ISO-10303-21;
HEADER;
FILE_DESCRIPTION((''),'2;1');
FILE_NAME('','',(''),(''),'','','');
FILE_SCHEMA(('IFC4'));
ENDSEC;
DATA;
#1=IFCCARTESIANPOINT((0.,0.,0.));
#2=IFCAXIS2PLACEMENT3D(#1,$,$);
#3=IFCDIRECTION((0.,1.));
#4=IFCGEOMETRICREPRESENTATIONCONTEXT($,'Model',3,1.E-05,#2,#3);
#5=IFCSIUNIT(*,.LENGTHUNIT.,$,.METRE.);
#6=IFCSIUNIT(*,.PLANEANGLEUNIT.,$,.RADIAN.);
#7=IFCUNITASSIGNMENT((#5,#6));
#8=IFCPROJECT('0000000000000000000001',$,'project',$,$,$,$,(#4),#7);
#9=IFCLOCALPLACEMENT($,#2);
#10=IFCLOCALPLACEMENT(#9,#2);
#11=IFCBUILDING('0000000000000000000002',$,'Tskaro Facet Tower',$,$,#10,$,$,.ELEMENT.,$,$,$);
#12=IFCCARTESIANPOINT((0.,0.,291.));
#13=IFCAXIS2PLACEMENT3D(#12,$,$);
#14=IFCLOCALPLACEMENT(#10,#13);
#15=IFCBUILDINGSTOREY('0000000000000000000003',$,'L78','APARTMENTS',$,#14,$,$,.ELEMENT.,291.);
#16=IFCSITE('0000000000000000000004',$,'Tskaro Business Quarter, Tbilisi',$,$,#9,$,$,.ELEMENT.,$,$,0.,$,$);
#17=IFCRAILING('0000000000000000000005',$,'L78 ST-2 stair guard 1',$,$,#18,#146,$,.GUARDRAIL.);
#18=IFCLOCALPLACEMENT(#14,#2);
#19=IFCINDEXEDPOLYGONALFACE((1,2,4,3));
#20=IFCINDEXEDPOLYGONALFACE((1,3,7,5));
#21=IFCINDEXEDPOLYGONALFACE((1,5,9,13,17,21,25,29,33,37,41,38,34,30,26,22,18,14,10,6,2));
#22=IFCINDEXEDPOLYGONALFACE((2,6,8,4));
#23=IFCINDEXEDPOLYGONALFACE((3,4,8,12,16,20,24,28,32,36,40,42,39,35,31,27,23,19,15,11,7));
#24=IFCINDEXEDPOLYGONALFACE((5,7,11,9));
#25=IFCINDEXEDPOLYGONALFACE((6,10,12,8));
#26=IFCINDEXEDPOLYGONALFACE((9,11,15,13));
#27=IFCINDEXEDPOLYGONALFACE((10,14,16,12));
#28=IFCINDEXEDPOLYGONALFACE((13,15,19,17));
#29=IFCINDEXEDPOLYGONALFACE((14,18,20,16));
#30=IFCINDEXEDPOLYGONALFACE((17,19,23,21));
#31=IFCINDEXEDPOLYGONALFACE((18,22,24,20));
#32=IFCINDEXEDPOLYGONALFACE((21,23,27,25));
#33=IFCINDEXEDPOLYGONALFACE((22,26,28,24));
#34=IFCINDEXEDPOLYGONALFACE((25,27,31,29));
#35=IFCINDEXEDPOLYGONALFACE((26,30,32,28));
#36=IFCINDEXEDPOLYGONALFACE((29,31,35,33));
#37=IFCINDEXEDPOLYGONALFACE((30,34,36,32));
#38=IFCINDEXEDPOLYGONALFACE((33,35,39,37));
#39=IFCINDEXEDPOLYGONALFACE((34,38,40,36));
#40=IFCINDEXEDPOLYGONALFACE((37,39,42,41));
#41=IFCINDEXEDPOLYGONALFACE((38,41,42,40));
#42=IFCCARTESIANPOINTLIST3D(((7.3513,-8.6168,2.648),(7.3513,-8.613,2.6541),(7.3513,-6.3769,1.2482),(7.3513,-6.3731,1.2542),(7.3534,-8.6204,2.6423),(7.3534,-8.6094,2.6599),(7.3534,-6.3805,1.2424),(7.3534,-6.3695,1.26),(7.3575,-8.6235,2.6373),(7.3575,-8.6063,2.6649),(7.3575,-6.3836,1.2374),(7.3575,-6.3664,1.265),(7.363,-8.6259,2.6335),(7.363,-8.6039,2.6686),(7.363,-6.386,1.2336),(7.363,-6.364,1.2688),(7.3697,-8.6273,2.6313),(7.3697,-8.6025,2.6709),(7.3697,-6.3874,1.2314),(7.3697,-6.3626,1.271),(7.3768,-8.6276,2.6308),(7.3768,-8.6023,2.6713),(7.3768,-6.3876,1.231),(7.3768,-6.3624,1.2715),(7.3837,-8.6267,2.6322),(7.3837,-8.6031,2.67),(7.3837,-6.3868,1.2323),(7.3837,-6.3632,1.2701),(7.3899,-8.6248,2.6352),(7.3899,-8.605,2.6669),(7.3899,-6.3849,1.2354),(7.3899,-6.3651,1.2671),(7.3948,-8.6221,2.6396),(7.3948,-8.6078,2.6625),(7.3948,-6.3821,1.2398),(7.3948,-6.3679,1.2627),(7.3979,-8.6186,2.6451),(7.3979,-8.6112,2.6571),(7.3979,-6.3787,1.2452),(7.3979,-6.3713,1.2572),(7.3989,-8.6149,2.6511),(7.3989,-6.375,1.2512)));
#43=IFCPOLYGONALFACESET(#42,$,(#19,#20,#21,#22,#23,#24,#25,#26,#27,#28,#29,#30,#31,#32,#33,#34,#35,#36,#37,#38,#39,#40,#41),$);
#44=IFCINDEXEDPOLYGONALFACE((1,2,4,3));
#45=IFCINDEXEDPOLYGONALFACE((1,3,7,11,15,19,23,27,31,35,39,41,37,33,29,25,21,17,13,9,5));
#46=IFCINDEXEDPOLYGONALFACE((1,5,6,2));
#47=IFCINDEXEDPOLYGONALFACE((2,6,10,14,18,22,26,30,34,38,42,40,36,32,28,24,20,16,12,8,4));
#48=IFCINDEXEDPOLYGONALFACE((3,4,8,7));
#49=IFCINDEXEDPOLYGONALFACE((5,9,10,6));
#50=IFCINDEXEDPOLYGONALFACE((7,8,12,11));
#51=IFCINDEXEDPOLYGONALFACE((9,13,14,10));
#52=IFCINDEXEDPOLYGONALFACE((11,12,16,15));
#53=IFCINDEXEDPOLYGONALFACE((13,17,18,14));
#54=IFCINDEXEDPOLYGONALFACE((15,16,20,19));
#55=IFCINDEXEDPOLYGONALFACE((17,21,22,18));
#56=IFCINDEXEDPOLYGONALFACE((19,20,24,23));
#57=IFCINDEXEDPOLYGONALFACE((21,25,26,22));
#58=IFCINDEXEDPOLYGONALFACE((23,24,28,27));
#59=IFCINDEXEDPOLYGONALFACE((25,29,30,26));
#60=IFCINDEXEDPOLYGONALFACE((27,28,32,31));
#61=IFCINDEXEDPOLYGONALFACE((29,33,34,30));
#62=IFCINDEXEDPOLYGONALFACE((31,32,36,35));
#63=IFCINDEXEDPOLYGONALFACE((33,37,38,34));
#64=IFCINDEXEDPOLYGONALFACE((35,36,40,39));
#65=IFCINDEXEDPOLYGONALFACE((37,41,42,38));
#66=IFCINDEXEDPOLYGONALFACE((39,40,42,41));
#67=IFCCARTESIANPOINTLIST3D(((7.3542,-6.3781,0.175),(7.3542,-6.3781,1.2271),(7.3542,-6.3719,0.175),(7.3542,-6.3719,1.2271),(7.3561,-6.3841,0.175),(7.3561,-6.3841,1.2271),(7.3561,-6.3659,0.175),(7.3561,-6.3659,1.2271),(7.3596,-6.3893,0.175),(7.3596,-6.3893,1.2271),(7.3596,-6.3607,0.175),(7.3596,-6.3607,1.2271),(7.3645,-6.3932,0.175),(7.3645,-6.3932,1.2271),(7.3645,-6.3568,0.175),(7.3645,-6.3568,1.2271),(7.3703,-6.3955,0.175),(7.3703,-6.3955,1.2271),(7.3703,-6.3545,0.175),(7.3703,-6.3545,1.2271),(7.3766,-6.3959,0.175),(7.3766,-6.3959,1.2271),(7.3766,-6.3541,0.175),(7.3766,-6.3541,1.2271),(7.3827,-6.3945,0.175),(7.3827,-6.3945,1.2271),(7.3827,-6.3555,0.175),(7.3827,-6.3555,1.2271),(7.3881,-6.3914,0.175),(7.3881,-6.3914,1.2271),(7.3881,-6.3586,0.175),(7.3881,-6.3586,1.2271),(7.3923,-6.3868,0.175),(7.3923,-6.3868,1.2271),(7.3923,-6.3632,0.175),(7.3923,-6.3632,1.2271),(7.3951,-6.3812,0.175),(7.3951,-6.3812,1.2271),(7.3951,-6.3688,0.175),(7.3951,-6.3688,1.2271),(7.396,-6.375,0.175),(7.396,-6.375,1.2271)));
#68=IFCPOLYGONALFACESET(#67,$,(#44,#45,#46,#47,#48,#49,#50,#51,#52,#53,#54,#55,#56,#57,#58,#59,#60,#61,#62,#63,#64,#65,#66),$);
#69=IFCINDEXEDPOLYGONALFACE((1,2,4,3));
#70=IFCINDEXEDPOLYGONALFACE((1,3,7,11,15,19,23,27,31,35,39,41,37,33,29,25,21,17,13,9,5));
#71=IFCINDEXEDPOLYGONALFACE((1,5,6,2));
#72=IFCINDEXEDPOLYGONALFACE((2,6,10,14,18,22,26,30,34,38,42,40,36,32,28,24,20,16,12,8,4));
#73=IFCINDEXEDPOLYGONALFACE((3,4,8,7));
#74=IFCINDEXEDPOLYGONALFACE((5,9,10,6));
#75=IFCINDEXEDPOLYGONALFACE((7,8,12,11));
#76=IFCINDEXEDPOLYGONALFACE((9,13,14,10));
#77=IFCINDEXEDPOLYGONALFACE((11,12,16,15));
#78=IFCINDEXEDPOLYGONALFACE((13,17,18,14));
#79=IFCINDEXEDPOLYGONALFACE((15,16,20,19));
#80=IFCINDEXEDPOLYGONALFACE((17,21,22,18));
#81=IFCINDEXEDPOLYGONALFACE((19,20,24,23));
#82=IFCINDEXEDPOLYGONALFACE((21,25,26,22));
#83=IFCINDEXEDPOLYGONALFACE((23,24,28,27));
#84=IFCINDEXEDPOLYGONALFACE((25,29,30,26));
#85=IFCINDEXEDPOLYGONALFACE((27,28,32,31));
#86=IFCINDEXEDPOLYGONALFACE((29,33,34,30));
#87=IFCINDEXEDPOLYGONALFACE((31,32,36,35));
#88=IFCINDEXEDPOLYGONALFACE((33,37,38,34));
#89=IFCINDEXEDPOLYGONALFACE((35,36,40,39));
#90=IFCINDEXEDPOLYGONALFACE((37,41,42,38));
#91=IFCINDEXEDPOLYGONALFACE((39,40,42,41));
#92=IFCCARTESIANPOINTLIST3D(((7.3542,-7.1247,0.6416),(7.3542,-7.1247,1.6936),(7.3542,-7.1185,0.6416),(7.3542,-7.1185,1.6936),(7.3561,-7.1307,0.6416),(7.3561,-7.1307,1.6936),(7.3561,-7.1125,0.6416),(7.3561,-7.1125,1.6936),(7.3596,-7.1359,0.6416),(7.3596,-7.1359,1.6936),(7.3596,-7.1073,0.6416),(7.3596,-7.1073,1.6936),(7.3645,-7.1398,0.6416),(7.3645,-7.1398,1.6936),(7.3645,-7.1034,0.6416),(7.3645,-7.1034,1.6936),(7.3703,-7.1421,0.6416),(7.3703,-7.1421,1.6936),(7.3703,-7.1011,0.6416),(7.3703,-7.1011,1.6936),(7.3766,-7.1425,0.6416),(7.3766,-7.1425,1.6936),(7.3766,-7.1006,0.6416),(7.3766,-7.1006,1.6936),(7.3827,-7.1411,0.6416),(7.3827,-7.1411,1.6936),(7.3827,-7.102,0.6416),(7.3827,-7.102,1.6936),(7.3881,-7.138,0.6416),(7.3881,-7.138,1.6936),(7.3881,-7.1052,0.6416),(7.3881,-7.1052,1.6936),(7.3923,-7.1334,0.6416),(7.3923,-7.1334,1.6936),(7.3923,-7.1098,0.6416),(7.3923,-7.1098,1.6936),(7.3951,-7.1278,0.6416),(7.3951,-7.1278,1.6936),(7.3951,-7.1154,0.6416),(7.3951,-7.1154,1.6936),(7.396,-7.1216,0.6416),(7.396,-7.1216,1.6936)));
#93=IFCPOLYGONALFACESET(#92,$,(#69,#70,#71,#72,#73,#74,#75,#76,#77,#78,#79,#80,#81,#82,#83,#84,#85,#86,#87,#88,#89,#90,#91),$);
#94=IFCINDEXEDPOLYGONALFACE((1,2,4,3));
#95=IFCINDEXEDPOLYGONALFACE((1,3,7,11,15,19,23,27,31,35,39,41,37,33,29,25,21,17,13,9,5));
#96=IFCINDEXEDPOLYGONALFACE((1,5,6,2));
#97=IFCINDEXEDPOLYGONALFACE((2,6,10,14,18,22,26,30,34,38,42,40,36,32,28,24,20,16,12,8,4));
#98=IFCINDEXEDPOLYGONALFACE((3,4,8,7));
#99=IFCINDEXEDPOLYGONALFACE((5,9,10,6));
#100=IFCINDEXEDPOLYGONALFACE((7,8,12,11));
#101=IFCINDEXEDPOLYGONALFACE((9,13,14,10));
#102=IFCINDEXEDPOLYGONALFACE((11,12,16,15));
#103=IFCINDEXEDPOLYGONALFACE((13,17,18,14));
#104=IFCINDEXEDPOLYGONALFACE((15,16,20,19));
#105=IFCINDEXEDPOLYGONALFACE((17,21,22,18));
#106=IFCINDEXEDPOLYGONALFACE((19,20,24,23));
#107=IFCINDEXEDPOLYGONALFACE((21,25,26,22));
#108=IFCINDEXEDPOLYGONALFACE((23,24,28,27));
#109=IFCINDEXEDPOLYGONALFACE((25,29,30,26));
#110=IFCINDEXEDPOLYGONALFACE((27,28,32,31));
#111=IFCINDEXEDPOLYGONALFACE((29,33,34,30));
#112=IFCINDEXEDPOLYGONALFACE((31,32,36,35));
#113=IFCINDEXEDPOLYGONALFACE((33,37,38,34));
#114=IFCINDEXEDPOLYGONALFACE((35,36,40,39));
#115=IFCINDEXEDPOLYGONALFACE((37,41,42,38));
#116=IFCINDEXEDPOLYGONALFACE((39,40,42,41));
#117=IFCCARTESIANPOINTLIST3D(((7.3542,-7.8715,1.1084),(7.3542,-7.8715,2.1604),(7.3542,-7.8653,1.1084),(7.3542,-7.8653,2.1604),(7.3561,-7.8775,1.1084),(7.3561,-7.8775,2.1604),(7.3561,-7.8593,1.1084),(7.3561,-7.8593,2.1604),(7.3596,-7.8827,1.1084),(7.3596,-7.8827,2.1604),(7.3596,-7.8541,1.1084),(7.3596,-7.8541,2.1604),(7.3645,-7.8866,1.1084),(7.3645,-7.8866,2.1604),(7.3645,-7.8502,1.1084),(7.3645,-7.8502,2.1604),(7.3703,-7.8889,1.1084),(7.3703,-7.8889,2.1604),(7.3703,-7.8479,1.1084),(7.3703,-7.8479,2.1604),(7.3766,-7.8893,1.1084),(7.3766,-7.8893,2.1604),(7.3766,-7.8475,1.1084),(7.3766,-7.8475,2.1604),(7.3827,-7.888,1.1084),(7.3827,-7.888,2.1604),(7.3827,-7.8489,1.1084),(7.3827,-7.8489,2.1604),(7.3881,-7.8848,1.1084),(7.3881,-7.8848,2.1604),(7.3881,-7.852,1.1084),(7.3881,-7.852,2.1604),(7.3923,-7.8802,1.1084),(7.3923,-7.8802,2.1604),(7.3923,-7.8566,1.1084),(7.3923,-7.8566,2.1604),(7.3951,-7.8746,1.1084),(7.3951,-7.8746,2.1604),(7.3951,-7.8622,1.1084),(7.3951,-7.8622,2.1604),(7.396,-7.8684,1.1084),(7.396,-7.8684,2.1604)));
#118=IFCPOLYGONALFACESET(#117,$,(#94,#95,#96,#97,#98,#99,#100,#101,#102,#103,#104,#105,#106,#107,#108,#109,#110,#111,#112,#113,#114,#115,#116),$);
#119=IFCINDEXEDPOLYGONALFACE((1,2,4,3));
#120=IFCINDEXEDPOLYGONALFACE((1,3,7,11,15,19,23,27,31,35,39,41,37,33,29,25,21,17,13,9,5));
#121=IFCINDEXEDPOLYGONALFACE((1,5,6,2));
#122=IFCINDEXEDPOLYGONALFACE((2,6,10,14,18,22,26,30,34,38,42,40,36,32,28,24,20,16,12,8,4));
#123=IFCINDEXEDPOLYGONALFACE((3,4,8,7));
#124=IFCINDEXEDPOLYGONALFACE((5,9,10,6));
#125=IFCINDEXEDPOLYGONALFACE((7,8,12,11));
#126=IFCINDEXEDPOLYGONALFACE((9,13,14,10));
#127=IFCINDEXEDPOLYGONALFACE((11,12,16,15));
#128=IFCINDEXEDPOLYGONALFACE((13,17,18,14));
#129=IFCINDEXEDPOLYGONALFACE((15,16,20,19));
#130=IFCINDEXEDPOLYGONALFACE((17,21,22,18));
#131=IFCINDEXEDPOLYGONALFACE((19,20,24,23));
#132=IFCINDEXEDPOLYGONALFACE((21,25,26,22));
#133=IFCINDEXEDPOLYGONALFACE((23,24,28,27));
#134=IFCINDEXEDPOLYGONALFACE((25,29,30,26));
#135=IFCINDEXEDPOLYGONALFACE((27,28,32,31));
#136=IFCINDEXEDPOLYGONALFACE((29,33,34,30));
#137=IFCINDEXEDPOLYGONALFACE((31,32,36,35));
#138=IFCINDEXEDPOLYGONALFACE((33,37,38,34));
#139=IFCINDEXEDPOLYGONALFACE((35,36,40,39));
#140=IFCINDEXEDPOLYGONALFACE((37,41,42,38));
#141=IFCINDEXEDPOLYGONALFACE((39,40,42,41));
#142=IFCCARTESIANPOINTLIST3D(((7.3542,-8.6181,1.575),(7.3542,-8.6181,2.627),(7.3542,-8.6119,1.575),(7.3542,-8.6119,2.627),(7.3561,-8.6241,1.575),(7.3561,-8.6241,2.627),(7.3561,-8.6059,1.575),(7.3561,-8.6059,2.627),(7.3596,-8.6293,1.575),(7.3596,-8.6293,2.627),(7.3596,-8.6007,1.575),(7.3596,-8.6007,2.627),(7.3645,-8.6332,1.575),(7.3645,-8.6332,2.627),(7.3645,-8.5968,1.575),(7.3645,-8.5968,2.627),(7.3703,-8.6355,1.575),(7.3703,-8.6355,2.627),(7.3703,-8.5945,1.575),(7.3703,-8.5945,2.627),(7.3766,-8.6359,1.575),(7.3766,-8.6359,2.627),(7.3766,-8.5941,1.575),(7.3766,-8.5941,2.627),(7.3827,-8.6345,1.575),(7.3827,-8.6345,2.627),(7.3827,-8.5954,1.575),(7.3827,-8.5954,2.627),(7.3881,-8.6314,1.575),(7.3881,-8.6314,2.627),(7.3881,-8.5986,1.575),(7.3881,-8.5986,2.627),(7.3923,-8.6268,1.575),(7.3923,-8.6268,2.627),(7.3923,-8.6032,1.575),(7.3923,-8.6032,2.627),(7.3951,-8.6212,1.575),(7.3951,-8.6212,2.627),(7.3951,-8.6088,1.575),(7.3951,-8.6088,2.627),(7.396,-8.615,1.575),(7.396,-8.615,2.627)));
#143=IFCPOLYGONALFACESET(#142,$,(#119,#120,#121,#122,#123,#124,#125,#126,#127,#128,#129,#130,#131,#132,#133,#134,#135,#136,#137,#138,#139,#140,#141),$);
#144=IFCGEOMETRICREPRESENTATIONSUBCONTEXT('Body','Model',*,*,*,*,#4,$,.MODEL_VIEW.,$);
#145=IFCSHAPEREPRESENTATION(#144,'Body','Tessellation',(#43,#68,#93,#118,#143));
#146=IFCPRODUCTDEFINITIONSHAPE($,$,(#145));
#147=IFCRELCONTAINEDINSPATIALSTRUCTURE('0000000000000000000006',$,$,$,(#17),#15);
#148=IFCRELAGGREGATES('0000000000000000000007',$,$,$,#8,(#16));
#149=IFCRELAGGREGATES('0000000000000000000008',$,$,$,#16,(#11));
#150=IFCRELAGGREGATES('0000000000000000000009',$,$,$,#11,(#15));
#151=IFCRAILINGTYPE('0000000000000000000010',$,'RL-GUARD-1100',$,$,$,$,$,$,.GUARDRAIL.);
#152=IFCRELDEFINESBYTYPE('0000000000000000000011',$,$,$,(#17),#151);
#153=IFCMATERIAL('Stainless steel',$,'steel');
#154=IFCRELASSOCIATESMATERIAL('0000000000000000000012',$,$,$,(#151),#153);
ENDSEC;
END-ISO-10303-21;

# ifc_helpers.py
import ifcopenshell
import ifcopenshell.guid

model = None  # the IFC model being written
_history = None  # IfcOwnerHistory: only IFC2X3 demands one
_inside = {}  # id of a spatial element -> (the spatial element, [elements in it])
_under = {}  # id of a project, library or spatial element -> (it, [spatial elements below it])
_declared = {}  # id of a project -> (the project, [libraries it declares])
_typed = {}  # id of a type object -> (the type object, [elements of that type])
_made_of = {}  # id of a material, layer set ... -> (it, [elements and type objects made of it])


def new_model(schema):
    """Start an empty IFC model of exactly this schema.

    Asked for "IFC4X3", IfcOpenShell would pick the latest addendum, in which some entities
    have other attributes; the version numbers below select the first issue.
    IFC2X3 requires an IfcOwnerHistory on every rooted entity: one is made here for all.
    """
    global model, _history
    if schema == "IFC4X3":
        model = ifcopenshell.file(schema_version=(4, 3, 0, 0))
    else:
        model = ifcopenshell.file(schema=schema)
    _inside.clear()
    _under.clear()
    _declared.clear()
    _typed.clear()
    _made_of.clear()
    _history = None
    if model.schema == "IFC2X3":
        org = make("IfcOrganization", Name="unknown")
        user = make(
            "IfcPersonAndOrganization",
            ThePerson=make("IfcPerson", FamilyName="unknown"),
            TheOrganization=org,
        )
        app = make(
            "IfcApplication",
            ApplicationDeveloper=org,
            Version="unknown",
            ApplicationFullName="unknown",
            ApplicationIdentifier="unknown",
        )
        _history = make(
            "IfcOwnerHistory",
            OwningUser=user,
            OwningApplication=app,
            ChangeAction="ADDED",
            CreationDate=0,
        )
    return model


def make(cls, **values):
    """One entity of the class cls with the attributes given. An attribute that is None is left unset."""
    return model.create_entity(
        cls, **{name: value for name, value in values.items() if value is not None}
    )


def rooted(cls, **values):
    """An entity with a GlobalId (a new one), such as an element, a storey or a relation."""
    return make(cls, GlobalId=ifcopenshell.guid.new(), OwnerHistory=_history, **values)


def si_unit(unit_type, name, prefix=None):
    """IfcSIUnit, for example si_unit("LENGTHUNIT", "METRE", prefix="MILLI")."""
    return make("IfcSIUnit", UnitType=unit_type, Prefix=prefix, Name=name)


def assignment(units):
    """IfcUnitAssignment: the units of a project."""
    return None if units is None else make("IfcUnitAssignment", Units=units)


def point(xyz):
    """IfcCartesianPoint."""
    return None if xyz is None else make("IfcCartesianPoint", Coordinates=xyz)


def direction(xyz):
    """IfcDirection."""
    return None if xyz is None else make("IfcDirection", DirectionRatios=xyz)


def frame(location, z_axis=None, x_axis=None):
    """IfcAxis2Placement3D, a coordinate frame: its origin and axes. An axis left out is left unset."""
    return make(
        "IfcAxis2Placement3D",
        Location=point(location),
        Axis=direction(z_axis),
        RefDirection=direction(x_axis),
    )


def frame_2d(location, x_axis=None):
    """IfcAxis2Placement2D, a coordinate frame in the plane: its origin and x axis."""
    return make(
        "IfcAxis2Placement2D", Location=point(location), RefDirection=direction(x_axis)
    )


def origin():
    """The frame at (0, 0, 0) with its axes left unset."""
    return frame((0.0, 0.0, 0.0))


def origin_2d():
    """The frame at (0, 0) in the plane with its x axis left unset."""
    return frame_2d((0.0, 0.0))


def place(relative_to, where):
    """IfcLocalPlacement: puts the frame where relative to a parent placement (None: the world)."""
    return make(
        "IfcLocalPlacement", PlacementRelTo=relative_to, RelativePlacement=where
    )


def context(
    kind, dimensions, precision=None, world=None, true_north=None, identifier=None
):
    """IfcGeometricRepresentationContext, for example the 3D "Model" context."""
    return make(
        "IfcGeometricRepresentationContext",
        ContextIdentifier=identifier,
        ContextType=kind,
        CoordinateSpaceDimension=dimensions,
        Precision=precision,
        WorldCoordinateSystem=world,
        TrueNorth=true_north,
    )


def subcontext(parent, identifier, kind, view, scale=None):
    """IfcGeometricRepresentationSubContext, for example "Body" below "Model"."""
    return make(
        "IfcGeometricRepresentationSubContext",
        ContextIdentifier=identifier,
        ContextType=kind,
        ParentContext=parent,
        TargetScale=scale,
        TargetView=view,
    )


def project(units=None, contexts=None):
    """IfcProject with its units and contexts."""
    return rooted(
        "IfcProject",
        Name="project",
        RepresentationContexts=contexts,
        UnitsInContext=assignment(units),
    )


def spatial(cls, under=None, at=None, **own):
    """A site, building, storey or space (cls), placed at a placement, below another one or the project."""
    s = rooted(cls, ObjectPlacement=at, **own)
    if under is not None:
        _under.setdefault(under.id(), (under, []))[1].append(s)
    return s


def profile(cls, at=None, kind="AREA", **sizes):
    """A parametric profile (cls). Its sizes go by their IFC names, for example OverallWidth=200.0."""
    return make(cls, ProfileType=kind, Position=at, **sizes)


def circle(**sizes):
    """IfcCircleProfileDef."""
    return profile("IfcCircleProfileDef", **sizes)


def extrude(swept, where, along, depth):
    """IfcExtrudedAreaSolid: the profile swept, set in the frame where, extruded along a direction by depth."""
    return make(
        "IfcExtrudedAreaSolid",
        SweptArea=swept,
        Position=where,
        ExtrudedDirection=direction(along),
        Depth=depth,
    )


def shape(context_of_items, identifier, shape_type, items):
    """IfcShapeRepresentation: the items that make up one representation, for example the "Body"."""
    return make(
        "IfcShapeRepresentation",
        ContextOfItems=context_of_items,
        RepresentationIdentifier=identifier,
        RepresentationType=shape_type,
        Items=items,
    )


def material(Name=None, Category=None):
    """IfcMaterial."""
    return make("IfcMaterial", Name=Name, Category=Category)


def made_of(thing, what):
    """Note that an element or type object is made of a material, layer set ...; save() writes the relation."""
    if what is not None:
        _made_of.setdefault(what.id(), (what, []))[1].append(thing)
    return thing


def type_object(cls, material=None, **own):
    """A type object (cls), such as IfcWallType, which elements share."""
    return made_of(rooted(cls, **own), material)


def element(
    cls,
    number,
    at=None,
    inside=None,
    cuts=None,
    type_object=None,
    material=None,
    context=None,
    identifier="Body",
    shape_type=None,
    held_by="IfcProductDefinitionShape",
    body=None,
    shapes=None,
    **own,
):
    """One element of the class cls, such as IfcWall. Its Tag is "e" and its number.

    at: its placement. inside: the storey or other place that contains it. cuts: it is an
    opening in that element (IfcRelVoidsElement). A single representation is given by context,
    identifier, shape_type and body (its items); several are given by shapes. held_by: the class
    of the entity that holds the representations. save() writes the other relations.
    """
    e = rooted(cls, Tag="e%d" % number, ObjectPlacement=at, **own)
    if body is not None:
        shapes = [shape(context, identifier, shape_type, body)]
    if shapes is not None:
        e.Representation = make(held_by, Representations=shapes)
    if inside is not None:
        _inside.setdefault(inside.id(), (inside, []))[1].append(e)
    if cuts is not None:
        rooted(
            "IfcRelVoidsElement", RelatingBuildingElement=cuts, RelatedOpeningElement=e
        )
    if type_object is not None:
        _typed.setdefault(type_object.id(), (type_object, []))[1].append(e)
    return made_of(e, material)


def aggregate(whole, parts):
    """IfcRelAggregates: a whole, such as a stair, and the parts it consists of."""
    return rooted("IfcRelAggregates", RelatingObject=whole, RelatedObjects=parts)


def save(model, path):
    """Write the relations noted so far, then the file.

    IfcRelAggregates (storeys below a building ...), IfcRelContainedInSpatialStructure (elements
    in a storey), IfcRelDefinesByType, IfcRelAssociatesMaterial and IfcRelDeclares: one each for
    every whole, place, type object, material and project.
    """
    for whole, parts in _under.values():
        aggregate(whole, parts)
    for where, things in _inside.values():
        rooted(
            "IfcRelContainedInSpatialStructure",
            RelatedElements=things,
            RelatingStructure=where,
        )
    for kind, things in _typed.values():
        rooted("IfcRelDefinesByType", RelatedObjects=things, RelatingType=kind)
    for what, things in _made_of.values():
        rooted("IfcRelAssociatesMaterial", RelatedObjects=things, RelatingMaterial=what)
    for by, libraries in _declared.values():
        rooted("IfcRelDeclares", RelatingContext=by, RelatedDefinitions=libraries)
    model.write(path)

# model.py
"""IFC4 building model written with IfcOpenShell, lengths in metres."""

from ifc_helpers import new_model, si_unit, direction, frame, origin, origin_2d, place, context, subcontext, project, spatial, circle, extrude, material, type_object, element, save


model = new_model("IFC4")

# Units and contexts
model_context = context("Model", 3, precision=1e-05, world=origin(), true_north=direction((0.0, 1.0)))
body_context = subcontext(model_context, "Body", "Model", "MODEL_VIEW")
ifc_project = project(units=[si_unit("LENGTHUNIT", "METRE"), si_unit("PLANEANGLEUNIT", "RADIAN")], contexts=[model_context])

# Site, building, storey
site_placement = place(None, origin())
site = spatial("IfcSite", under=ifc_project, at=site_placement, Name="Tskaro Business Quarter, Tbilisi", CompositionType="ELEMENT", RefElevation=0.0)
building_placement = place(site_placement, origin())
building = spatial("IfcBuilding", under=site, at=building_placement, Name="Tskaro Facet Tower", CompositionType="ELEMENT")
storey_placement = place(building_placement, frame((0.0, 0.0, 291.0)))
storey = spatial("IfcBuildingStorey", under=building, at=storey_placement, Name="L78", Description="APARTMENTS", CompositionType="ELEMENT", Elevation=291.0)

# Railing
ifc_material_1 = material(Name="Stainless steel", Category="steel")
railing_type_1 = type_object("IfcRailingType", Name="RL-GUARD-1100", PredefinedType="GUARDRAIL", material=ifc_material_1)
railing_1_placement = place(storey_placement, frame((7.375, -6.375, 0.175)))
element("IfcRailing", 1, at=railing_1_placement, inside=storey, type_object=railing_type_1, Name="L78 ST-2 stair guard 1", PredefinedType="GUARDRAIL", context=body_context, shape_type="SweptSolid", body=[
    extrude(circle(Radius=0.0239, at=origin_2d()), frame((0.0, 0.0, 1.0762), z_axis=(0.0, -0.848014, 0.529974), x_axis=(1.0, 0.0, 0.0)), (0.0, 0.0, 1.0), 2.6414),
    extrude(circle(Radius=0.021, at=origin_2d()), origin(), (0.0, 0.0, 1.0), 1.052),
    extrude(circle(Radius=0.021, at=origin_2d()), frame((0.0, -0.7466, 0.4666)), (0.0, 0.0, 1.0), 1.052),
    extrude(circle(Radius=0.021, at=origin_2d()), frame((0.0, -1.4934, 0.9333)), (0.0, 0.0, 1.0), 1.052),
    extrude(circle(Radius=0.021, at=origin_2d()), frame((0.0, -2.24, 1.3999)), (0.0, 0.0, 1.0), 1.052),
])

save(model, "model.ifc")
